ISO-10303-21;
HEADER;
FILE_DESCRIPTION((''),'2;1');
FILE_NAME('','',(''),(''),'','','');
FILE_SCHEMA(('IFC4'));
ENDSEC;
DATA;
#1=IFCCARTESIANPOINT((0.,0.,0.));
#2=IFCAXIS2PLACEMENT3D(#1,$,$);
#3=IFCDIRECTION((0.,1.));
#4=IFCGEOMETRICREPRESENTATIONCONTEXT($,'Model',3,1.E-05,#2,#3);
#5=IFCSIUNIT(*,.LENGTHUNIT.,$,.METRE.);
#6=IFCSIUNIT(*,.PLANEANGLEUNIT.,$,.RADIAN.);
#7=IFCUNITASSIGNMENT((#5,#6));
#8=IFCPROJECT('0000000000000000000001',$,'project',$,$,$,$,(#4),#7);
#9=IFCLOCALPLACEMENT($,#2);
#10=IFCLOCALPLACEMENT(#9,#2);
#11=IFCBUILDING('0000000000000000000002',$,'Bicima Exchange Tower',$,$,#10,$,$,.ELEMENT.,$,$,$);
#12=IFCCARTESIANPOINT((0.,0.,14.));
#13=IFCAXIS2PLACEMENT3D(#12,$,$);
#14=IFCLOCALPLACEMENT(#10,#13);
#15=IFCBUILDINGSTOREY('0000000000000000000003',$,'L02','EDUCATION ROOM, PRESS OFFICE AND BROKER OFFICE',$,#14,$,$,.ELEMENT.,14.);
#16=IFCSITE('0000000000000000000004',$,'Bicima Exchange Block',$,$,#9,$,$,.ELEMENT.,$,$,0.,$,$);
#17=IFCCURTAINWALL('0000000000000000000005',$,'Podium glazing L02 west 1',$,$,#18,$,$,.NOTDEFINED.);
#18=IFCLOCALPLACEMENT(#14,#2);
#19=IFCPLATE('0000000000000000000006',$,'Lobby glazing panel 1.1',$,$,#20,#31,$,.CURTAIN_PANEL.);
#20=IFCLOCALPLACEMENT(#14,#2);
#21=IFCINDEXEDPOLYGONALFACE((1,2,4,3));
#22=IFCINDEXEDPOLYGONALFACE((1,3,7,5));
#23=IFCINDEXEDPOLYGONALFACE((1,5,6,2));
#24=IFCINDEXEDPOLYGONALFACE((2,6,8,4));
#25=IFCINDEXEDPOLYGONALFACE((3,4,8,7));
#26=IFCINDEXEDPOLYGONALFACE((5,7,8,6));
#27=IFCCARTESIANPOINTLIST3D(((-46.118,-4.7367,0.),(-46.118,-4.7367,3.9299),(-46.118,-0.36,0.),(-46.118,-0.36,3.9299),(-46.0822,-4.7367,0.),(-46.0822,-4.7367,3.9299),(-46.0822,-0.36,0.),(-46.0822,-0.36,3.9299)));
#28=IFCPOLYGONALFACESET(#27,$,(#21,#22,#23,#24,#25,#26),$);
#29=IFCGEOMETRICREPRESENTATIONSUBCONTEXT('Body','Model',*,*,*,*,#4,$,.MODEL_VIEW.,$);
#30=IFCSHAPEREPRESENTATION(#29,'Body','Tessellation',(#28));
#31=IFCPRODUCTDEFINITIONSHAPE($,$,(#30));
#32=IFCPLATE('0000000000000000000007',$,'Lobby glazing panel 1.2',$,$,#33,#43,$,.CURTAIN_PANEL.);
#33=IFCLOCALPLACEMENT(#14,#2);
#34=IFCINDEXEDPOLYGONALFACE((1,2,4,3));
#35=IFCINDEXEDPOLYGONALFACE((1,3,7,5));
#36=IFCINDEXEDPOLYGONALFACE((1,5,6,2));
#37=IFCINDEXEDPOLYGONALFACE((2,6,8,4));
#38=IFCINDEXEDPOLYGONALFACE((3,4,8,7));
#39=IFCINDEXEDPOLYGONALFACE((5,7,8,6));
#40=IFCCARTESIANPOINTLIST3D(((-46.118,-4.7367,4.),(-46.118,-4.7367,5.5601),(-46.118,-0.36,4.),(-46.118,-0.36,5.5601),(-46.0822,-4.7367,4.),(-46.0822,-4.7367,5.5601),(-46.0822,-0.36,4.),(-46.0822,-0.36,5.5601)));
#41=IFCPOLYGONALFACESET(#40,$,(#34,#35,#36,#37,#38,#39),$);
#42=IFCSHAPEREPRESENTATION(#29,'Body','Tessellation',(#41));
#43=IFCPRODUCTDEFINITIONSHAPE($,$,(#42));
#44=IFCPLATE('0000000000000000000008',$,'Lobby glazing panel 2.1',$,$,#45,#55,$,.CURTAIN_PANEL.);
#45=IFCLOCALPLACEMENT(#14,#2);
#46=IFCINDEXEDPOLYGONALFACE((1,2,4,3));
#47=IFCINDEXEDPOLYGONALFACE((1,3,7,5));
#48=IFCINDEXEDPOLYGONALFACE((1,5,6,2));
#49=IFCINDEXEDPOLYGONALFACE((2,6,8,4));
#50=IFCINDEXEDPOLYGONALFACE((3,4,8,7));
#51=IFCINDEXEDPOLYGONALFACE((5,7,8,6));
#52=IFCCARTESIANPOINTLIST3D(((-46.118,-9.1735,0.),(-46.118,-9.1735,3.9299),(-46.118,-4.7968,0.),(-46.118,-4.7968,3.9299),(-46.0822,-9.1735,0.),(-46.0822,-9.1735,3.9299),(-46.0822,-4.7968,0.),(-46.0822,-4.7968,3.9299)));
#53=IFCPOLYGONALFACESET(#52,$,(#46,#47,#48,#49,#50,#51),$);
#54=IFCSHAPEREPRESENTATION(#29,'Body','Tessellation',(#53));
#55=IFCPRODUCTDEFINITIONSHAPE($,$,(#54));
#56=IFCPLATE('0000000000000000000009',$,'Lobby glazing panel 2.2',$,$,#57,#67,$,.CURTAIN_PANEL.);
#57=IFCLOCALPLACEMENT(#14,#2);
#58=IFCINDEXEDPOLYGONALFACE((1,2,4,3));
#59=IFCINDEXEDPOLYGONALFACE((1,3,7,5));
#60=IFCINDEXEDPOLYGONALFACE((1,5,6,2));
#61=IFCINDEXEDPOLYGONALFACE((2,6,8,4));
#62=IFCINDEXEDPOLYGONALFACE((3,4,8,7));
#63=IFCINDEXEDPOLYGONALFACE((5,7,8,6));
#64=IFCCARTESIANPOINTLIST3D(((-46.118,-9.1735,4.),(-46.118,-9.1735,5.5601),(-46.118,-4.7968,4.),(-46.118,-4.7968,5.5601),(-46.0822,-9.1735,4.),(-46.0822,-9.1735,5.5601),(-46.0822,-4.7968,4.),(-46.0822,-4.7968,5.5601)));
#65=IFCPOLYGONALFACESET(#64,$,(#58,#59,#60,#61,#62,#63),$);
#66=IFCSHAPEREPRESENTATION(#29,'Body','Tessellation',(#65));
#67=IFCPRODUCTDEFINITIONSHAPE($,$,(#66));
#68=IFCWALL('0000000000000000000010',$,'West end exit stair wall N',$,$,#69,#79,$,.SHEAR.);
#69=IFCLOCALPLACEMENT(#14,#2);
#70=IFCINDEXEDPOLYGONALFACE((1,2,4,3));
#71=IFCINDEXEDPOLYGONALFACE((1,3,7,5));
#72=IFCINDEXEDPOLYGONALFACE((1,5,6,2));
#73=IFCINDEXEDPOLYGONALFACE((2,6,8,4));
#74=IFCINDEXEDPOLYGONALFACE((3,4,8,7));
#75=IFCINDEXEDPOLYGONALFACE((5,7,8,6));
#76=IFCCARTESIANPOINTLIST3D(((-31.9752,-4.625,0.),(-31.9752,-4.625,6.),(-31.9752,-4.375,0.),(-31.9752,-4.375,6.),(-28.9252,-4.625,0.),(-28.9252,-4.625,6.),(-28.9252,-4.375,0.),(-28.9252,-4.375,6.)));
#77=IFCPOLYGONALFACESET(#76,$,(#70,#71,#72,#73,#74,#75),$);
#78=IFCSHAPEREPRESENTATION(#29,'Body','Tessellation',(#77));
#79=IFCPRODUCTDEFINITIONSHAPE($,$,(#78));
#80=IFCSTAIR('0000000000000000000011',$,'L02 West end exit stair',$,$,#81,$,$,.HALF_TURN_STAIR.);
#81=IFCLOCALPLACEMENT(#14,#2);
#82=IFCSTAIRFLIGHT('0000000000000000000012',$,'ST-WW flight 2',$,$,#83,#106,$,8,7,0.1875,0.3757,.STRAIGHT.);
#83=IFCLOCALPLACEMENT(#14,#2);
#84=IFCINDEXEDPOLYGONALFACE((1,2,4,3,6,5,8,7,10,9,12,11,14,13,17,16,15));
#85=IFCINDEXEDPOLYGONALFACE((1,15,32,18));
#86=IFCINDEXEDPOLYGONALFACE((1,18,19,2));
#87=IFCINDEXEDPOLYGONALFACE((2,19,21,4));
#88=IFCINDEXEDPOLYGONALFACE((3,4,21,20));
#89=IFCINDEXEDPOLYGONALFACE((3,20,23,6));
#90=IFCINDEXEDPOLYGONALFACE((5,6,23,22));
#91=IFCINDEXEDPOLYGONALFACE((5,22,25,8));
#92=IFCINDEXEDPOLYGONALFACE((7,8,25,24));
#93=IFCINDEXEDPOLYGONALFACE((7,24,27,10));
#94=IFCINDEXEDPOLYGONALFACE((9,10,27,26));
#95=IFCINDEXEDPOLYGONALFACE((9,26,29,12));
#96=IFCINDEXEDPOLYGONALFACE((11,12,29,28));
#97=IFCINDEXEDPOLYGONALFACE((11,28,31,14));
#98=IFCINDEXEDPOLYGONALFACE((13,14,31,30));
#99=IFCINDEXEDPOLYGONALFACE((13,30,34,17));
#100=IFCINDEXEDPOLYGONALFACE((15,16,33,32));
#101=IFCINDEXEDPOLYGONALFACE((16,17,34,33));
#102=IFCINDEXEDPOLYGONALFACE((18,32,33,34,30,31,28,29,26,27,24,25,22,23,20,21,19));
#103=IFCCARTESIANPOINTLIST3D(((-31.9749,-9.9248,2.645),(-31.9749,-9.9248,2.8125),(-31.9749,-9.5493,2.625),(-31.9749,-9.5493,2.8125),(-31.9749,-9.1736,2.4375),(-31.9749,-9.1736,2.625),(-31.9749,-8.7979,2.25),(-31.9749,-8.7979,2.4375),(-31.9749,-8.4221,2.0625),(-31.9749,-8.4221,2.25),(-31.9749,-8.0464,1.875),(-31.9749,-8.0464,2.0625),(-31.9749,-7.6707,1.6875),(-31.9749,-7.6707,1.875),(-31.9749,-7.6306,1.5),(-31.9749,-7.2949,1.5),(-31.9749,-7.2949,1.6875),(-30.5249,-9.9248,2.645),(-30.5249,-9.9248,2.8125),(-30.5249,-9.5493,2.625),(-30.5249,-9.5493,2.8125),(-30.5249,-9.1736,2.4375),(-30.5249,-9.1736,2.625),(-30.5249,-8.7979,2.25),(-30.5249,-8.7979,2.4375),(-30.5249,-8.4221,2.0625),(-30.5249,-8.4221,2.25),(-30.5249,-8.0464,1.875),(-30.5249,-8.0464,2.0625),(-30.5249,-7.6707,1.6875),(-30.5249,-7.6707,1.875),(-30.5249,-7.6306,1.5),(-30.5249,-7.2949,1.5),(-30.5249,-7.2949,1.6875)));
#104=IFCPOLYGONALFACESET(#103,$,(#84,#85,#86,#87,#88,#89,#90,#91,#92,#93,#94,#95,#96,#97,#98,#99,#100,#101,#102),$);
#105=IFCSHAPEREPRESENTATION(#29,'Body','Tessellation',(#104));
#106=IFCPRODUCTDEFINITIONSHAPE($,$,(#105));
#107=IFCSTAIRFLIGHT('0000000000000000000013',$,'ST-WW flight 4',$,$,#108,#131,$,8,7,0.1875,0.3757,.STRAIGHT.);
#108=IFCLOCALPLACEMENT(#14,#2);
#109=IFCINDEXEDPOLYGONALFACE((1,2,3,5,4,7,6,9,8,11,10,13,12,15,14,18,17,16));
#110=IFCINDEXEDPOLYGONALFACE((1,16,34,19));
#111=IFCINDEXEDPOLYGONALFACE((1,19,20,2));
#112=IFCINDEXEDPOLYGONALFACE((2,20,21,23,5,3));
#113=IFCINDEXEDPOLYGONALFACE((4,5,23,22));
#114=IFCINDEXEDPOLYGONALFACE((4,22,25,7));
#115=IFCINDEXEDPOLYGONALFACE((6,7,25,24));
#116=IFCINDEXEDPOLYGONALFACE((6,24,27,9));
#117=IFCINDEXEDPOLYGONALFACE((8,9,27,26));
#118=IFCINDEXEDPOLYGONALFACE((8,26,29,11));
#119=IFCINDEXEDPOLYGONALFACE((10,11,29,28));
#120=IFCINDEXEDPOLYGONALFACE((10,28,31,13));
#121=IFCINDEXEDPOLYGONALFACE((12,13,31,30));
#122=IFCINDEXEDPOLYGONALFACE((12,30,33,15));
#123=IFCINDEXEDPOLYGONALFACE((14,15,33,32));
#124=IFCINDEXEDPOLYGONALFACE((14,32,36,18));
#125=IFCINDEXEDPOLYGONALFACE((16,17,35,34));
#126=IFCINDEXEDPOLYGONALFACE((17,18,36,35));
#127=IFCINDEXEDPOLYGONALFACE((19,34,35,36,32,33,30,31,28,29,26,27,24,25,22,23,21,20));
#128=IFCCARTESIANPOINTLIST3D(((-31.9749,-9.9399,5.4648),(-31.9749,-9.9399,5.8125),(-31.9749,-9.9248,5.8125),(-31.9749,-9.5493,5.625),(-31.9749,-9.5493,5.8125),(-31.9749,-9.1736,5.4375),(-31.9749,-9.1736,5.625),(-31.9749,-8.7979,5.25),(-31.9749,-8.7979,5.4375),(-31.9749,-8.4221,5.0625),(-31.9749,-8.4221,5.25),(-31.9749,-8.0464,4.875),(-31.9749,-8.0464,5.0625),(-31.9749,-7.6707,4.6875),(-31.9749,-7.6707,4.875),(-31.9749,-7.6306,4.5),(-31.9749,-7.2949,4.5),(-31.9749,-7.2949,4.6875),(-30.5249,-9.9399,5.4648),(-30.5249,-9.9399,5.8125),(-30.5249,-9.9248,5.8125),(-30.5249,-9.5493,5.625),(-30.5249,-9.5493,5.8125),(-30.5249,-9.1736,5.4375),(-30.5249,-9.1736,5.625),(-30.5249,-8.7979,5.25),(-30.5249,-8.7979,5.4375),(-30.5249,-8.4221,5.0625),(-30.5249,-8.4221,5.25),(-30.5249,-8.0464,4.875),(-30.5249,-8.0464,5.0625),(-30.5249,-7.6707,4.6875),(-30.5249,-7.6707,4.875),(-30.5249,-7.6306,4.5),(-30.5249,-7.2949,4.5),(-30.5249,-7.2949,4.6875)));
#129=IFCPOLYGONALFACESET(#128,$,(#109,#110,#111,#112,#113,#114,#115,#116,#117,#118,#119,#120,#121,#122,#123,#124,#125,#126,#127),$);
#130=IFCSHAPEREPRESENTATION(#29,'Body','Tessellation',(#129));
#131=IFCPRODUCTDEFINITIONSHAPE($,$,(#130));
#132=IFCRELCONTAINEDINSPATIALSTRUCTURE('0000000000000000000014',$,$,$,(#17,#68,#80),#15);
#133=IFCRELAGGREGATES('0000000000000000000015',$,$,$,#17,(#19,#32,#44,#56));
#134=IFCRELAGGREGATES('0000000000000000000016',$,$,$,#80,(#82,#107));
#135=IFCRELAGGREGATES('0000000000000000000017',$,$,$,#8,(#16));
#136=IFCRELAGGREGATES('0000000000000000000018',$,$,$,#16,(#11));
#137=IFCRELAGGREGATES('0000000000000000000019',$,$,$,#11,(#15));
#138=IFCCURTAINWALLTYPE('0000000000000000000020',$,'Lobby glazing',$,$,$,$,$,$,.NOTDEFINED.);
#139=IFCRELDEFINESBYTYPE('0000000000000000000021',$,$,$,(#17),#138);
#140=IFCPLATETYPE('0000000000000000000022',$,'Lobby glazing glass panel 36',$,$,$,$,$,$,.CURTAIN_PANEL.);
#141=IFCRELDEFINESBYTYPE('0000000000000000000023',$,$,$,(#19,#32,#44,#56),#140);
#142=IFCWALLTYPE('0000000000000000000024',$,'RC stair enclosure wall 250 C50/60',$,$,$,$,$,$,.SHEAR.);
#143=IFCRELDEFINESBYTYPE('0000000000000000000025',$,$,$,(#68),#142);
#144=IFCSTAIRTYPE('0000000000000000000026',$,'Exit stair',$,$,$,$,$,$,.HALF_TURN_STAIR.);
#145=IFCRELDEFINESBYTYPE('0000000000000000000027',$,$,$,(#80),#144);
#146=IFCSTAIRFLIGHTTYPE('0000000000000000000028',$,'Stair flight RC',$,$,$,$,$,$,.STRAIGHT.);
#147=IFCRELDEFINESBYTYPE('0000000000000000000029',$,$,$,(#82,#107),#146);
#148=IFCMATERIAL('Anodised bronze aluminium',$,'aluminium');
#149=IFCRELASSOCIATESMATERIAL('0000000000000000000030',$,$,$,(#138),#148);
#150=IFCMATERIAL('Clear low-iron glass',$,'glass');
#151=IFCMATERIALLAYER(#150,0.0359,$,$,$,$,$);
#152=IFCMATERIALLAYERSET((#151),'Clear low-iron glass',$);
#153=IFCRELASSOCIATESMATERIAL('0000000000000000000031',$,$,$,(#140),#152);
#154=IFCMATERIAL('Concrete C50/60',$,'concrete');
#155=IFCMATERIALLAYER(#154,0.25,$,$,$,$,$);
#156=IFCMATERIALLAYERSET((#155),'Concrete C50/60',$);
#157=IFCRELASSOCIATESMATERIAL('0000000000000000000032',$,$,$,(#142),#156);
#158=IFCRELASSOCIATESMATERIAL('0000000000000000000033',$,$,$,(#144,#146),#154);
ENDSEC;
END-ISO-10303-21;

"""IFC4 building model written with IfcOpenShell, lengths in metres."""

from ifc_helpers import new_model, si_unit, direction, frame, frame_2d, origin, origin_2d, place, context, subcontext, project, spatial, polyline, rectangle, outline, extrude, material, layer, layer_set, type_object, element, aggregate, save


model = new_model("IFC4")

# Units and contexts
model_context = context("Model", 3, precision=1e-05, world=origin(), true_north=direction((0.0, 1.0)))
body_context = subcontext(model_context, "Body", "Model", "MODEL_VIEW")
ifc_project = project(units=[si_unit("LENGTHUNIT", "METRE"), si_unit("PLANEANGLEUNIT", "RADIAN")], contexts=[model_context])

# Site, building, storey
site_placement = place(None, origin())
site = spatial("IfcSite", under=ifc_project, at=site_placement, Name="Bicima Exchange Block", CompositionType="ELEMENT", RefElevation=0.0)
building_placement = place(site_placement, origin())
building = spatial("IfcBuilding", under=site, at=building_placement, Name="Bicima Exchange Tower", CompositionType="ELEMENT")
storey_placement = place(building_placement, frame((0.0, 0.0, 14.0)))
storey = spatial("IfcBuildingStorey", under=building, at=storey_placement, Name="L02", Description="EDUCATION ROOM, PRESS OFFICE AND BROKER OFFICE", CompositionType="ELEMENT", Elevation=14.0)

# Curtain wall
ifc_material_1 = material(Name="Anodised bronze aluminium", Category="aluminium")
curtain_wall_type = type_object("IfcCurtainWallType", Name="Lobby glazing", PredefinedType="NOTDEFINED", material=ifc_material_1)
curtain_wall_1_placement = place(storey_placement, origin())
curtain_wall_1 = element("IfcCurtainWall", 1, at=curtain_wall_1_placement, inside=storey, type_object=curtain_wall_type, Name="Podium glazing L02 west 1", PredefinedType="NOTDEFINED")

# Plates
ifc_material_2 = material(Name="Clear low-iron glass", Category="glass")
ifc_layer_1 = layer(ifc_material_2, 0.0359)
ifc_layer_set_1 = layer_set([ifc_layer_1], Name="Clear low-iron glass")
plate_type = type_object("IfcPlateType", Name="Lobby glazing glass panel 36", PredefinedType="CURTAIN_PANEL", material=ifc_layer_set_1)
plate_1_placement = place(storey_placement, frame((-46.1001, -2.5483, 0.0), z_axis=(0.0, 0.0, 1.0), x_axis=(0.0, -1.0, 0.0)))
plate_1 = element("IfcPlate", 2, at=plate_1_placement, type_object=plate_type, Name="Lobby glazing panel 1.1", PredefinedType="CURTAIN_PANEL", context=body_context, shape_type="SweptSolid", body=[
    extrude(rectangle(XDim=4.3767, YDim=0.0359, at=origin_2d()), origin(), (0.0, 0.0, 1.0), 3.9299),
])
plate_2_placement = place(storey_placement, frame((-46.1001, -2.5483, 4.0), z_axis=(0.0, 0.0, 1.0), x_axis=(0.0, -1.0, 0.0)))
plate_2 = element("IfcPlate", 3, at=plate_2_placement, type_object=plate_type, Name="Lobby glazing panel 1.2", PredefinedType="CURTAIN_PANEL", context=body_context, shape_type="SweptSolid", body=[
    extrude(rectangle(XDim=4.3767, YDim=0.0359, at=origin_2d()), origin(), (0.0, 0.0, 1.0), 1.5601),
])
plate_3_placement = place(storey_placement, frame((-46.1001, -6.9851, 0.0), z_axis=(0.0, 0.0, 1.0), x_axis=(0.0, -1.0, 0.0)))
plate_3 = element("IfcPlate", 4, at=plate_3_placement, type_object=plate_type, Name="Lobby glazing panel 2.1", PredefinedType="CURTAIN_PANEL", context=body_context, shape_type="SweptSolid", body=[
    extrude(rectangle(XDim=4.3767, YDim=0.0359, at=origin_2d()), origin(), (0.0, 0.0, 1.0), 3.9299),
])
plate_4_placement = place(storey_placement, frame((-46.1001, -6.9851, 4.0), z_axis=(0.0, 0.0, 1.0), x_axis=(0.0, -1.0, 0.0)))
plate_4 = element("IfcPlate", 5, at=plate_4_placement, type_object=plate_type, Name="Lobby glazing panel 2.2", PredefinedType="CURTAIN_PANEL", context=body_context, shape_type="SweptSolid", body=[
    extrude(rectangle(XDim=4.3767, YDim=0.0359, at=origin_2d()), origin(), (0.0, 0.0, 1.0), 1.5601),
])
aggregate(curtain_wall_1, [plate_1, plate_2, plate_3, plate_4])

# Wall
ifc_material_3 = material(Name="Concrete C50/60", Category="concrete")
ifc_layer_2 = layer(ifc_material_3, 0.25)
ifc_layer_set_2 = layer_set([ifc_layer_2], Name="Concrete C50/60")
wall_type = type_object("IfcWallType", Name="RC stair enclosure wall 250 C50/60", PredefinedType="SHEAR", material=ifc_layer_set_2)
wall_placement = place(storey_placement, frame((-31.9751, -4.5, 0.0), z_axis=(0.0, 0.0, 1.0), x_axis=(1.0, 0.0, 0.0)))
element("IfcWall", 6, at=wall_placement, inside=storey, type_object=wall_type, Name="West end exit stair wall N", PredefinedType="SHEAR", context=body_context, shape_type="SweptSolid", body=[
    extrude(rectangle(XDim=3.05, YDim=0.25, at=frame_2d((1.5249, 0.0))), origin(), (0.0, 0.0, 1.0), 6.0),
])

# Stair, stair flights
stair_type = type_object("IfcStairType", Name="Exit stair", PredefinedType="HALF_TURN_STAIR", material=ifc_material_3)
stair_placement = place(storey_placement, origin())
stair = element("IfcStair", 7, at=stair_placement, inside=storey, type_object=stair_type, Name="L02 West end exit stair", PredefinedType="HALF_TURN_STAIR")
stair_flight_type = type_object("IfcStairFlightType", Name="Stair flight RC", PredefinedType="STRAIGHT", material=ifc_material_3)
stair_flight_1_placement = place(storey_placement, frame((-31.25, -7.2949, 1.5), z_axis=(0.0, 0.0, 1.0), x_axis=(0.0, -1.0, 0.0)))
stair_flight_1 = element("IfcStairFlight", 8, at=stair_flight_1_placement, type_object=stair_flight_type, Name="ST-WW flight 2", NumberOfRisers=8, NumberOfTreads=7, PredefinedType="STRAIGHT", RiserHeight=0.1875, TreadLength=0.3757, context=body_context, shape_type="SweptSolid", body=[
    extrude(outline(polyline([(0.0, 0.0), (0.0, 0.1875), (0.3757, 0.1875), (0.3757, 0.375), (0.7515, 0.375), (0.7515, 0.5625), (1.1272, 0.5625), (1.1272, 0.75), (1.5029, 0.75), (1.5029, 0.9375), (1.8787, 0.9375), (1.8787, 1.125), (2.2544, 1.125), (2.2544, 1.3125), (2.6299, 1.3125), (2.6299, 1.5), (2.6299, 1.145), (0.3357, 0.0), (0.0, 0.0)])), frame((0.0, 0.7251, 0.0), z_axis=(0.0, -1.0, 0.0), x_axis=(1.0, 0.0, 0.0)), (0.0, 0.0, 1.0), 1.45),
])
stair_flight_2_placement = place(storey_placement, frame((-31.25, -7.2949, 4.5), z_axis=(0.0, 0.0, 1.0), x_axis=(0.0, -1.0, 0.0)))
stair_flight_2 = element("IfcStairFlight", 9, at=stair_flight_2_placement, type_object=stair_flight_type, Name="ST-WW flight 4", NumberOfRisers=8, NumberOfTreads=7, PredefinedType="STRAIGHT", RiserHeight=0.1875, TreadLength=0.3757, context=body_context, shape_type="SweptSolid", body=[
    extrude(outline(polyline([(0.0, 0.0), (0.0, 0.1875), (0.3757, 0.1875), (0.3757, 0.375), (0.7515, 0.375), (0.7515, 0.5625), (1.1272, 0.5625), (1.1272, 0.75), (1.5029, 0.75), (1.5029, 0.9375), (1.8787, 0.9375), (1.8787, 1.125), (2.2544, 1.125), (2.2544, 1.3125), (2.6299, 1.3125), (2.645, 1.3125), (2.645, 0.9648), (0.3357, 0.0), (0.0, 0.0)])), frame((0.0, 0.7251, 0.0), z_axis=(0.0, -1.0, 0.0), x_axis=(1.0, 0.0, 0.0)), (0.0, 0.0, 1.0), 1.45),
])
aggregate(stair, [stair_flight_1, stair_flight_2])

save(model, "model.ifc")
